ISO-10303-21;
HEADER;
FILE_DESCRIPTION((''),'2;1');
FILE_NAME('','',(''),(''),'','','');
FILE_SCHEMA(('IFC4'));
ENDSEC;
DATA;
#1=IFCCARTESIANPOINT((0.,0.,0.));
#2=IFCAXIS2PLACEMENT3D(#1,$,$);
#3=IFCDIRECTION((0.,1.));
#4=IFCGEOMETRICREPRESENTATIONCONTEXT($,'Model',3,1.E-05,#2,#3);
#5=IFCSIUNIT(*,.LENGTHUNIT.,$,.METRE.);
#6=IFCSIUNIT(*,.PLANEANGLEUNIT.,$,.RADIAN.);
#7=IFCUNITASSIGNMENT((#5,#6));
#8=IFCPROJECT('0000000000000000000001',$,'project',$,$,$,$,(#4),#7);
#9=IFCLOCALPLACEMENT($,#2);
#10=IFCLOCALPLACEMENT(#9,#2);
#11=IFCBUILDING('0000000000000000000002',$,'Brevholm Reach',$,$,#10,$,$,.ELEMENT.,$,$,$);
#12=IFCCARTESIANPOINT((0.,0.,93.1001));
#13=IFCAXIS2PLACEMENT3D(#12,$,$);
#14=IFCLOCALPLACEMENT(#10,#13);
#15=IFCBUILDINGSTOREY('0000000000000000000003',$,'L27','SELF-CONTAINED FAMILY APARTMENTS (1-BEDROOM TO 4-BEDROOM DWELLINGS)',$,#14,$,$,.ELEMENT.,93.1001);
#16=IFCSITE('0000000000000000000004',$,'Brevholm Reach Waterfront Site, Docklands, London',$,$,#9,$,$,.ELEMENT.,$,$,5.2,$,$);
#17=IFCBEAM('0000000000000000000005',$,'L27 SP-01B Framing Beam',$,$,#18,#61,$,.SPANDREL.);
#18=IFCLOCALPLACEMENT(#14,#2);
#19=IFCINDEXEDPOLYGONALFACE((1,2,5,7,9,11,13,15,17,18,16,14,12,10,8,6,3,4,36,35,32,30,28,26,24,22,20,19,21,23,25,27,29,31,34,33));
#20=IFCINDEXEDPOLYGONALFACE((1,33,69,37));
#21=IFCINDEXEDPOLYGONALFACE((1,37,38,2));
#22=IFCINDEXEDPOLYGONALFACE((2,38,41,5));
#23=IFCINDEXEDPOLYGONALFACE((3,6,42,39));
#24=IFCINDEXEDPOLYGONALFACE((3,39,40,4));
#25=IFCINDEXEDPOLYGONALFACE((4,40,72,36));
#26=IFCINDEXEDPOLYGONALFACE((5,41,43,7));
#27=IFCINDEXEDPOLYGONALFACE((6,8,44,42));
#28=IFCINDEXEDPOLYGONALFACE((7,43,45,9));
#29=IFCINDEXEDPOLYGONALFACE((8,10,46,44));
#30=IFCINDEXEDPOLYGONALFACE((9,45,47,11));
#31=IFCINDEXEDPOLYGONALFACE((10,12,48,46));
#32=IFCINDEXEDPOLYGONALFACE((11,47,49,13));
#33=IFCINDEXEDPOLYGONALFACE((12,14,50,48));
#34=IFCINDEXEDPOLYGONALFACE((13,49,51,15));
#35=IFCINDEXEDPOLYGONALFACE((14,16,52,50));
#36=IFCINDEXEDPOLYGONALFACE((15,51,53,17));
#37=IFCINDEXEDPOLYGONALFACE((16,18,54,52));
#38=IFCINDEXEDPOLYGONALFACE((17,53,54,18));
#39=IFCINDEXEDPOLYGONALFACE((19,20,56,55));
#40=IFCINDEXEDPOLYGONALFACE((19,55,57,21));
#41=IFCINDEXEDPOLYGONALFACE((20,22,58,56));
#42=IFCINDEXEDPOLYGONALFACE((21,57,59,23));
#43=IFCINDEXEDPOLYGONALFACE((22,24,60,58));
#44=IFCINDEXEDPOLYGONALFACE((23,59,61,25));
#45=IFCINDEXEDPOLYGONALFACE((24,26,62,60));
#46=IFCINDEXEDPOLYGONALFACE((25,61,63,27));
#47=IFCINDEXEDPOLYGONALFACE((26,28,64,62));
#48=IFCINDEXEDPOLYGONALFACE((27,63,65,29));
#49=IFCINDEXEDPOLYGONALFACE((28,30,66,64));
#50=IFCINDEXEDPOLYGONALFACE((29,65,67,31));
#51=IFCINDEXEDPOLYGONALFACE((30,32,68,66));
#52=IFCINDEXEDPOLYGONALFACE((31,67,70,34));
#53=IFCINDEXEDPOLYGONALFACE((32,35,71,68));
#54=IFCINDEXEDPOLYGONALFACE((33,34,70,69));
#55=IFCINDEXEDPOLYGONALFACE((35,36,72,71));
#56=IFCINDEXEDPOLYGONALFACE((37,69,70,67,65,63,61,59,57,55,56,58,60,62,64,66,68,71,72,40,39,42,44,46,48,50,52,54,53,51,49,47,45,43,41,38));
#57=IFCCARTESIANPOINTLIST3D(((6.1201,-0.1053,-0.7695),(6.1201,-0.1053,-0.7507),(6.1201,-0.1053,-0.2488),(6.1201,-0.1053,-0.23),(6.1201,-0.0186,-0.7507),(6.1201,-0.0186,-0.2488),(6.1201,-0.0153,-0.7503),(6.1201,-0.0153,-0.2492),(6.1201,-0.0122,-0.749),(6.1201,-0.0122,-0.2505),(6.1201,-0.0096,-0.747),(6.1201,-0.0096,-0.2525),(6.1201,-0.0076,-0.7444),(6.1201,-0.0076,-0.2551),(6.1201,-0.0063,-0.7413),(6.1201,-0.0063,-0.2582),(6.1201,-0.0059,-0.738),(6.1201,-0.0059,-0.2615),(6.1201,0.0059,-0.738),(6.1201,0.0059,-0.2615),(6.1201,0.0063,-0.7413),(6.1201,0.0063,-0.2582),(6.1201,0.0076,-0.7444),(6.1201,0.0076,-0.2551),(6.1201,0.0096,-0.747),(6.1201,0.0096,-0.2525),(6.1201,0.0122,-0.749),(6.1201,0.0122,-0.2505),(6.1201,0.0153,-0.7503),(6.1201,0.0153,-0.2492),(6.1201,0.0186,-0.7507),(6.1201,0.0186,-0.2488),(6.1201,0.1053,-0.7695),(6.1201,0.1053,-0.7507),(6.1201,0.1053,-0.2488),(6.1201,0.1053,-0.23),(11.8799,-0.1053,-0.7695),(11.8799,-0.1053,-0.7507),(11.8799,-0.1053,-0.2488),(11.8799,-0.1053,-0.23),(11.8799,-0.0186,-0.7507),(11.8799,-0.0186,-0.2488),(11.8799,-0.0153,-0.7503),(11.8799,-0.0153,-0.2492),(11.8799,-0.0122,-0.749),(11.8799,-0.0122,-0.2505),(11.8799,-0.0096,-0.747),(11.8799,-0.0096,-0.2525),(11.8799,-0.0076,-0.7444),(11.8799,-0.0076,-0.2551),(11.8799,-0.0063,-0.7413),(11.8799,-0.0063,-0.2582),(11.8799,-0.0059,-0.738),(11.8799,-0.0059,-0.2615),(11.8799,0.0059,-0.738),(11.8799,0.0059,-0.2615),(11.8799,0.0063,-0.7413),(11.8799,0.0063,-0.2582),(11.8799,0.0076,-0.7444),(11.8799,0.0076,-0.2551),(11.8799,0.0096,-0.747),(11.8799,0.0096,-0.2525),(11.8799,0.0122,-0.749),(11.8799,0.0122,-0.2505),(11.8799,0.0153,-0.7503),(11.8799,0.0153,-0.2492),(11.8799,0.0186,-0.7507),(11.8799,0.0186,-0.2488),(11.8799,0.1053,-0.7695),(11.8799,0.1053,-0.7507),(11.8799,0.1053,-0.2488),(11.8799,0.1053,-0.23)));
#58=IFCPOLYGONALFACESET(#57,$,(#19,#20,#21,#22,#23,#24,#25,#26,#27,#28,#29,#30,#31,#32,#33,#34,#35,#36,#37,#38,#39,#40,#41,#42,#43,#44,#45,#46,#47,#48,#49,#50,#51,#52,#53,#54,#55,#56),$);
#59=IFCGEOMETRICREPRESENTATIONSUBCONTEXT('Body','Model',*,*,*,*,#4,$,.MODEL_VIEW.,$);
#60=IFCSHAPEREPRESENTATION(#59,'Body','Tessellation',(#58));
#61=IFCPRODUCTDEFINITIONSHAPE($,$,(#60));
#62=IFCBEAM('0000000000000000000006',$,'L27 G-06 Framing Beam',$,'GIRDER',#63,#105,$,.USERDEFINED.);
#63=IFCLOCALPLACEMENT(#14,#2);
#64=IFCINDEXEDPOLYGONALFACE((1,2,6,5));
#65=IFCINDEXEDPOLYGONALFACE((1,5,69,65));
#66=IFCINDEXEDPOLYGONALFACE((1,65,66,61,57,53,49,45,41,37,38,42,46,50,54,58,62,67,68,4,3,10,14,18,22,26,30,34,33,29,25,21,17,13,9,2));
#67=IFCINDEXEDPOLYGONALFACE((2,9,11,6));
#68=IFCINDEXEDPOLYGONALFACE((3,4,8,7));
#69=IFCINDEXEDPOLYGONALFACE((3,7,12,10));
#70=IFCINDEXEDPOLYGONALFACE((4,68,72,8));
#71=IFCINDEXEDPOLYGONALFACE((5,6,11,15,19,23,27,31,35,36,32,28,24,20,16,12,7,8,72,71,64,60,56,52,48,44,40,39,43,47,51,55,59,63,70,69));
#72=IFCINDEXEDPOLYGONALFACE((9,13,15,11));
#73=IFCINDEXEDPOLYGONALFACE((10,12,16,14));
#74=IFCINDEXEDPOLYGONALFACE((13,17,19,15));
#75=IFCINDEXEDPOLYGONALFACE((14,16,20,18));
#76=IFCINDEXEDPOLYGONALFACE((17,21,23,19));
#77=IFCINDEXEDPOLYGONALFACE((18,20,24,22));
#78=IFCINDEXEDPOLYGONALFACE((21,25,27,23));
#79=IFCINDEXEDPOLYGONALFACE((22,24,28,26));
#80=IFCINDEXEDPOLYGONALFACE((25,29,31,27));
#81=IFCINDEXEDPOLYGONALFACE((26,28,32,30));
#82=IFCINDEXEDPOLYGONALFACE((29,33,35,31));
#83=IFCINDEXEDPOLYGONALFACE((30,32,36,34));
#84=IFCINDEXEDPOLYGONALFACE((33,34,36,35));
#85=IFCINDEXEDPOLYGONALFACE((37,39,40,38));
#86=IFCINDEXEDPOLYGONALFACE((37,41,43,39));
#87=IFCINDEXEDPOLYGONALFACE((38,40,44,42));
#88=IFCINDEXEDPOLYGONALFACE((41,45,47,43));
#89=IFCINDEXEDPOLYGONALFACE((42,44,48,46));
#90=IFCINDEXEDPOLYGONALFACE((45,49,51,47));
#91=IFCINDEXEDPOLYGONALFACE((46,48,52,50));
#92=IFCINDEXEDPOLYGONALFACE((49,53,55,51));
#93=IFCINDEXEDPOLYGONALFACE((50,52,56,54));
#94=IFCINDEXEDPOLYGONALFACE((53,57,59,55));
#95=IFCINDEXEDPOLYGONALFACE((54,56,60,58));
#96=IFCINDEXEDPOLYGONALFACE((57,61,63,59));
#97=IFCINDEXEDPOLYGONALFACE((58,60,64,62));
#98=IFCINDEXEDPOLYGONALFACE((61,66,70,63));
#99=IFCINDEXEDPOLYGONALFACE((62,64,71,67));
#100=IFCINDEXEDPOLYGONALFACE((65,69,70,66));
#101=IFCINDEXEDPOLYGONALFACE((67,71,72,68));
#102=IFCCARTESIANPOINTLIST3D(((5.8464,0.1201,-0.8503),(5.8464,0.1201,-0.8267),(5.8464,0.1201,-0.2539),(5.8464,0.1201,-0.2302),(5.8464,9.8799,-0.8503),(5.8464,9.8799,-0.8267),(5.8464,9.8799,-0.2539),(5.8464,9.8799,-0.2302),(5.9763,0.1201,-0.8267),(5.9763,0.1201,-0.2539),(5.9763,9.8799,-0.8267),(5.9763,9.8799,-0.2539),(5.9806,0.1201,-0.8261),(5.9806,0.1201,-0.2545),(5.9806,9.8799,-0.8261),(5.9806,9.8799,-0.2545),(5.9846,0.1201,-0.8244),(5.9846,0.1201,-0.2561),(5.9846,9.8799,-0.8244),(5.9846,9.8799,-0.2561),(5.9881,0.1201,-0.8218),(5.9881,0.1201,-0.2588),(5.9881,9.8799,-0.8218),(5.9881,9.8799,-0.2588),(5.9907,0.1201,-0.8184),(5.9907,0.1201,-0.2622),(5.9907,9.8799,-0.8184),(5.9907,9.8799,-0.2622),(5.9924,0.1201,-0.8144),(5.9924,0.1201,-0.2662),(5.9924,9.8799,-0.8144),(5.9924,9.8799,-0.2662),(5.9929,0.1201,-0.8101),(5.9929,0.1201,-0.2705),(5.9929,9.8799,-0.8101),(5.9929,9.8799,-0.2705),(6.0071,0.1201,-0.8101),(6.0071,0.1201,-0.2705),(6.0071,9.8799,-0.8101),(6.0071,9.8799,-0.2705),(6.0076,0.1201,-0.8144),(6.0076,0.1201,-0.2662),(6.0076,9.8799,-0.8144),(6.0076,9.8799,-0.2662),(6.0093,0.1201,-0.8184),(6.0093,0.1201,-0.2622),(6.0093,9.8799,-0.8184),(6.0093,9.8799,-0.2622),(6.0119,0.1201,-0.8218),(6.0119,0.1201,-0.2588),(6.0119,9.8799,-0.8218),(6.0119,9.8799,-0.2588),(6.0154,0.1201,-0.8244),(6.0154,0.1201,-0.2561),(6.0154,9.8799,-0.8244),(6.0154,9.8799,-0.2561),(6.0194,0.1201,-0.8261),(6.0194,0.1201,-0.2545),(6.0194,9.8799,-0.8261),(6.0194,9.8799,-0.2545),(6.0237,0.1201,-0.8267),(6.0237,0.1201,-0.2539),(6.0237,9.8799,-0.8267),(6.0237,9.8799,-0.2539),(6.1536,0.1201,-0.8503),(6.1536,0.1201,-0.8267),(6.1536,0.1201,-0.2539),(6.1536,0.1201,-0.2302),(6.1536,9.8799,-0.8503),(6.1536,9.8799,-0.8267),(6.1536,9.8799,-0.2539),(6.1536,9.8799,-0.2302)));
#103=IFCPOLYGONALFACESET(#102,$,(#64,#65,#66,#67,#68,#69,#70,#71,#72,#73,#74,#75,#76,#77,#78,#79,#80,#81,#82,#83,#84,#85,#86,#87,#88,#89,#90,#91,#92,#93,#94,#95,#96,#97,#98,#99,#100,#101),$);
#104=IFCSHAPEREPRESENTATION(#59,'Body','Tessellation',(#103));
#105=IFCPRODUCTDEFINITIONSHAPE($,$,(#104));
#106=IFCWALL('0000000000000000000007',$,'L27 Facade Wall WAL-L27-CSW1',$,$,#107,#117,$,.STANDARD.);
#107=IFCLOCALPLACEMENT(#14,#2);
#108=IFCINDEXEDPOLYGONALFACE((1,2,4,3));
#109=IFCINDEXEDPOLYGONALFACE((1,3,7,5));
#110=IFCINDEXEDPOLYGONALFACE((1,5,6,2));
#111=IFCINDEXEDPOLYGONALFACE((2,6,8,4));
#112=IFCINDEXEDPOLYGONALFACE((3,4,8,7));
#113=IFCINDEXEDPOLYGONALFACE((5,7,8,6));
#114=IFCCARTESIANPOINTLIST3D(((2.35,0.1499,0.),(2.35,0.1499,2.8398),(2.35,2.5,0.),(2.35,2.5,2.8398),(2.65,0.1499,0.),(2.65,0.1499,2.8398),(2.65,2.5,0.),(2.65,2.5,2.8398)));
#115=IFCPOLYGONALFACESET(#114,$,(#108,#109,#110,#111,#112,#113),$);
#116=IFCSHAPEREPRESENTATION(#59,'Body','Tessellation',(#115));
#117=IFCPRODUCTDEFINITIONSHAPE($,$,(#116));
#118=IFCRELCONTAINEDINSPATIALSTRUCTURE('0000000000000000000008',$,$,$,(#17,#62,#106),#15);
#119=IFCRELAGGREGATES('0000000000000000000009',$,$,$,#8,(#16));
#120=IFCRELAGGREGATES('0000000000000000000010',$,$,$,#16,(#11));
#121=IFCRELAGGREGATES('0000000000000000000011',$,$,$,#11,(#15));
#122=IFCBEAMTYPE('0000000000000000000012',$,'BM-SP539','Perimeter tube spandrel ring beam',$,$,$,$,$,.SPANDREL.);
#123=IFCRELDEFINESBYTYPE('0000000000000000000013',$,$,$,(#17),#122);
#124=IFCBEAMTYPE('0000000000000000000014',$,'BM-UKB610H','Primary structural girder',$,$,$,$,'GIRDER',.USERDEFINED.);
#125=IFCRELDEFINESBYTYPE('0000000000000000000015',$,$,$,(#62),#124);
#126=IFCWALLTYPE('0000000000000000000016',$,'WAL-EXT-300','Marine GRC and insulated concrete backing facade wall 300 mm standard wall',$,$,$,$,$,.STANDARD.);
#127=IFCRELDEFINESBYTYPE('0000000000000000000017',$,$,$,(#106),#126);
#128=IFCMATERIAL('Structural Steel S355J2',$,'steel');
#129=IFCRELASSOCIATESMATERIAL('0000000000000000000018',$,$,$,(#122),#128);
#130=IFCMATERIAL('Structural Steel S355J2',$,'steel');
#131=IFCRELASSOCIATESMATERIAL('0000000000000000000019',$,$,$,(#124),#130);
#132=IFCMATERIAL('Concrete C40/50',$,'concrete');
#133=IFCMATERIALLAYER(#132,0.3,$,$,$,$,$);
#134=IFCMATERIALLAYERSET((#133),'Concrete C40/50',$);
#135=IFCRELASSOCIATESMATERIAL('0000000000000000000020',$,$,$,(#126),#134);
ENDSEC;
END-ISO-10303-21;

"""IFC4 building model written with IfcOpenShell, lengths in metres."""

from ifc_helpers import new_model, si_unit, direction, frame, frame_2d, origin, origin_2d, place, context, subcontext, project, spatial, rectangle, i_section, extrude, material, layer, layer_set, material_profile, profile_set, type_object, element, save


model = new_model("IFC4")

# Units and contexts
model_context = context("Model", 3, precision=1e-05, world=origin(), true_north=direction((0.0, 1.0)))
body_context = subcontext(model_context, "Body", "Model", "MODEL_VIEW")
ifc_project = project(units=[si_unit("LENGTHUNIT", "METRE"), si_unit("PLANEANGLEUNIT", "RADIAN")], contexts=[model_context])

# Site, building, storey
site_placement = place(None, origin())
site = spatial("IfcSite", under=ifc_project, at=site_placement, Name="Brevholm Reach Waterfront Site, Docklands, London", CompositionType="ELEMENT", RefElevation=5.2)
building_placement = place(site_placement, origin())
building = spatial("IfcBuilding", under=site, at=building_placement, Name="Brevholm Reach", CompositionType="ELEMENT")
storey_placement = place(building_placement, frame((0.0, 0.0, 93.1001)))
storey = spatial("IfcBuildingStorey", under=building, at=storey_placement, Name="L27", Description="SELF-CONTAINED FAMILY APARTMENTS (1-BEDROOM TO 4-BEDROOM DWELLINGS)", CompositionType="ELEMENT", Elevation=93.1001)

# Beams
ifc_material_1 = material(Name="Structural Steel S355J2", Category="steel")
ifc_material_profile_1 = material_profile(ifc_material_1, i_section(OverallWidth=0.2107, OverallDepth=0.5396, WebThickness=0.0117, FlangeThickness=0.0188, FilletRadius=0.0127, at=origin_2d()), Name="UKB 533x210x109")
ifc_profile_set_1 = profile_set([ifc_material_profile_1], Name="Structural Steel S355J2")
beam_type_1 = type_object("IfcBeamType", Name="BM-SP539", Description="Perimeter tube spandrel ring beam", PredefinedType="SPANDREL", material=ifc_profile_set_1)
beam_1_placement = place(storey_placement, frame((6.1201, 0.0, -0.4998), z_axis=(1.0, 0.0, 0.0), x_axis=(0.0, 1.0, 0.0)))
element("IfcBeam", 1, at=beam_1_placement, inside=storey, type_object=beam_type_1, Name="L27 SP-01B Framing Beam", PredefinedType="SPANDREL", context=body_context, shape_type="SweptSolid", body=[
    extrude(i_section(OverallWidth=0.2107, OverallDepth=0.5396, WebThickness=0.0117, FlangeThickness=0.0188, FilletRadius=0.0127, at=origin_2d()), origin(), (0.0, 0.0, 1.0), 5.7598),
])
ifc_material_2 = material(Name="Structural Steel S355J2", Category="steel")
ifc_material_profile_2 = material_profile(ifc_material_2, i_section(OverallWidth=0.3071, OverallDepth=0.6201, WebThickness=0.0142, FlangeThickness=0.0237, FilletRadius=0.0166, at=origin_2d()), Name="UKB 610x305x179")
ifc_profile_set_2 = profile_set([ifc_material_profile_2], Name="Structural Steel S355J2")
beam_type_2 = type_object("IfcBeamType", Name="BM-UKB610H", Description="Primary structural girder", ElementType="GIRDER", PredefinedType="USERDEFINED", material=ifc_profile_set_2)
beam_2_placement = place(storey_placement, frame((6.0, 0.1201, -0.5403), z_axis=(0.0, 1.0, 0.0), x_axis=(-1.0, 0.0, 0.0)))
element("IfcBeam", 2, at=beam_2_placement, inside=storey, type_object=beam_type_2, Name="L27 G-06 Framing Beam", ObjectType="GIRDER", PredefinedType="USERDEFINED", context=body_context, shape_type="SweptSolid", body=[
    extrude(i_section(OverallWidth=0.3071, OverallDepth=0.6201, WebThickness=0.0142, FlangeThickness=0.0237, FilletRadius=0.0166, at=origin_2d()), origin(), (0.0, 0.0, 1.0), 9.7598),
])

# Wall
ifc_material_3 = material(Name="Concrete C40/50", Category="concrete")
ifc_layer_1 = layer(ifc_material_3, 0.3)
ifc_layer_set_1 = layer_set([ifc_layer_1], Name="Concrete C40/50")
wall_type_1 = type_object("IfcWallType", Name="WAL-EXT-300", Description="Marine GRC and insulated concrete backing facade wall 300 mm standard wall", PredefinedType="STANDARD", material=ifc_layer_set_1)
wall_1_placement = place(storey_placement, frame((2.5, 2.5, 0.0), z_axis=(0.0, 0.0, 1.0), x_axis=(0.0, -1.0, 0.0)))
element("IfcWall", 3, at=wall_1_placement, inside=storey, type_object=wall_type_1, Name="L27 Facade Wall WAL-L27-CSW1", PredefinedType="STANDARD", context=body_context, shape_type="SweptSolid", body=[
    extrude(rectangle(XDim=2.3501, YDim=0.3, at=frame_2d((1.175, 0.0))), origin(), (0.0, 0.0, 1.0), 2.8398),
])

save(model, "model.ifc")
